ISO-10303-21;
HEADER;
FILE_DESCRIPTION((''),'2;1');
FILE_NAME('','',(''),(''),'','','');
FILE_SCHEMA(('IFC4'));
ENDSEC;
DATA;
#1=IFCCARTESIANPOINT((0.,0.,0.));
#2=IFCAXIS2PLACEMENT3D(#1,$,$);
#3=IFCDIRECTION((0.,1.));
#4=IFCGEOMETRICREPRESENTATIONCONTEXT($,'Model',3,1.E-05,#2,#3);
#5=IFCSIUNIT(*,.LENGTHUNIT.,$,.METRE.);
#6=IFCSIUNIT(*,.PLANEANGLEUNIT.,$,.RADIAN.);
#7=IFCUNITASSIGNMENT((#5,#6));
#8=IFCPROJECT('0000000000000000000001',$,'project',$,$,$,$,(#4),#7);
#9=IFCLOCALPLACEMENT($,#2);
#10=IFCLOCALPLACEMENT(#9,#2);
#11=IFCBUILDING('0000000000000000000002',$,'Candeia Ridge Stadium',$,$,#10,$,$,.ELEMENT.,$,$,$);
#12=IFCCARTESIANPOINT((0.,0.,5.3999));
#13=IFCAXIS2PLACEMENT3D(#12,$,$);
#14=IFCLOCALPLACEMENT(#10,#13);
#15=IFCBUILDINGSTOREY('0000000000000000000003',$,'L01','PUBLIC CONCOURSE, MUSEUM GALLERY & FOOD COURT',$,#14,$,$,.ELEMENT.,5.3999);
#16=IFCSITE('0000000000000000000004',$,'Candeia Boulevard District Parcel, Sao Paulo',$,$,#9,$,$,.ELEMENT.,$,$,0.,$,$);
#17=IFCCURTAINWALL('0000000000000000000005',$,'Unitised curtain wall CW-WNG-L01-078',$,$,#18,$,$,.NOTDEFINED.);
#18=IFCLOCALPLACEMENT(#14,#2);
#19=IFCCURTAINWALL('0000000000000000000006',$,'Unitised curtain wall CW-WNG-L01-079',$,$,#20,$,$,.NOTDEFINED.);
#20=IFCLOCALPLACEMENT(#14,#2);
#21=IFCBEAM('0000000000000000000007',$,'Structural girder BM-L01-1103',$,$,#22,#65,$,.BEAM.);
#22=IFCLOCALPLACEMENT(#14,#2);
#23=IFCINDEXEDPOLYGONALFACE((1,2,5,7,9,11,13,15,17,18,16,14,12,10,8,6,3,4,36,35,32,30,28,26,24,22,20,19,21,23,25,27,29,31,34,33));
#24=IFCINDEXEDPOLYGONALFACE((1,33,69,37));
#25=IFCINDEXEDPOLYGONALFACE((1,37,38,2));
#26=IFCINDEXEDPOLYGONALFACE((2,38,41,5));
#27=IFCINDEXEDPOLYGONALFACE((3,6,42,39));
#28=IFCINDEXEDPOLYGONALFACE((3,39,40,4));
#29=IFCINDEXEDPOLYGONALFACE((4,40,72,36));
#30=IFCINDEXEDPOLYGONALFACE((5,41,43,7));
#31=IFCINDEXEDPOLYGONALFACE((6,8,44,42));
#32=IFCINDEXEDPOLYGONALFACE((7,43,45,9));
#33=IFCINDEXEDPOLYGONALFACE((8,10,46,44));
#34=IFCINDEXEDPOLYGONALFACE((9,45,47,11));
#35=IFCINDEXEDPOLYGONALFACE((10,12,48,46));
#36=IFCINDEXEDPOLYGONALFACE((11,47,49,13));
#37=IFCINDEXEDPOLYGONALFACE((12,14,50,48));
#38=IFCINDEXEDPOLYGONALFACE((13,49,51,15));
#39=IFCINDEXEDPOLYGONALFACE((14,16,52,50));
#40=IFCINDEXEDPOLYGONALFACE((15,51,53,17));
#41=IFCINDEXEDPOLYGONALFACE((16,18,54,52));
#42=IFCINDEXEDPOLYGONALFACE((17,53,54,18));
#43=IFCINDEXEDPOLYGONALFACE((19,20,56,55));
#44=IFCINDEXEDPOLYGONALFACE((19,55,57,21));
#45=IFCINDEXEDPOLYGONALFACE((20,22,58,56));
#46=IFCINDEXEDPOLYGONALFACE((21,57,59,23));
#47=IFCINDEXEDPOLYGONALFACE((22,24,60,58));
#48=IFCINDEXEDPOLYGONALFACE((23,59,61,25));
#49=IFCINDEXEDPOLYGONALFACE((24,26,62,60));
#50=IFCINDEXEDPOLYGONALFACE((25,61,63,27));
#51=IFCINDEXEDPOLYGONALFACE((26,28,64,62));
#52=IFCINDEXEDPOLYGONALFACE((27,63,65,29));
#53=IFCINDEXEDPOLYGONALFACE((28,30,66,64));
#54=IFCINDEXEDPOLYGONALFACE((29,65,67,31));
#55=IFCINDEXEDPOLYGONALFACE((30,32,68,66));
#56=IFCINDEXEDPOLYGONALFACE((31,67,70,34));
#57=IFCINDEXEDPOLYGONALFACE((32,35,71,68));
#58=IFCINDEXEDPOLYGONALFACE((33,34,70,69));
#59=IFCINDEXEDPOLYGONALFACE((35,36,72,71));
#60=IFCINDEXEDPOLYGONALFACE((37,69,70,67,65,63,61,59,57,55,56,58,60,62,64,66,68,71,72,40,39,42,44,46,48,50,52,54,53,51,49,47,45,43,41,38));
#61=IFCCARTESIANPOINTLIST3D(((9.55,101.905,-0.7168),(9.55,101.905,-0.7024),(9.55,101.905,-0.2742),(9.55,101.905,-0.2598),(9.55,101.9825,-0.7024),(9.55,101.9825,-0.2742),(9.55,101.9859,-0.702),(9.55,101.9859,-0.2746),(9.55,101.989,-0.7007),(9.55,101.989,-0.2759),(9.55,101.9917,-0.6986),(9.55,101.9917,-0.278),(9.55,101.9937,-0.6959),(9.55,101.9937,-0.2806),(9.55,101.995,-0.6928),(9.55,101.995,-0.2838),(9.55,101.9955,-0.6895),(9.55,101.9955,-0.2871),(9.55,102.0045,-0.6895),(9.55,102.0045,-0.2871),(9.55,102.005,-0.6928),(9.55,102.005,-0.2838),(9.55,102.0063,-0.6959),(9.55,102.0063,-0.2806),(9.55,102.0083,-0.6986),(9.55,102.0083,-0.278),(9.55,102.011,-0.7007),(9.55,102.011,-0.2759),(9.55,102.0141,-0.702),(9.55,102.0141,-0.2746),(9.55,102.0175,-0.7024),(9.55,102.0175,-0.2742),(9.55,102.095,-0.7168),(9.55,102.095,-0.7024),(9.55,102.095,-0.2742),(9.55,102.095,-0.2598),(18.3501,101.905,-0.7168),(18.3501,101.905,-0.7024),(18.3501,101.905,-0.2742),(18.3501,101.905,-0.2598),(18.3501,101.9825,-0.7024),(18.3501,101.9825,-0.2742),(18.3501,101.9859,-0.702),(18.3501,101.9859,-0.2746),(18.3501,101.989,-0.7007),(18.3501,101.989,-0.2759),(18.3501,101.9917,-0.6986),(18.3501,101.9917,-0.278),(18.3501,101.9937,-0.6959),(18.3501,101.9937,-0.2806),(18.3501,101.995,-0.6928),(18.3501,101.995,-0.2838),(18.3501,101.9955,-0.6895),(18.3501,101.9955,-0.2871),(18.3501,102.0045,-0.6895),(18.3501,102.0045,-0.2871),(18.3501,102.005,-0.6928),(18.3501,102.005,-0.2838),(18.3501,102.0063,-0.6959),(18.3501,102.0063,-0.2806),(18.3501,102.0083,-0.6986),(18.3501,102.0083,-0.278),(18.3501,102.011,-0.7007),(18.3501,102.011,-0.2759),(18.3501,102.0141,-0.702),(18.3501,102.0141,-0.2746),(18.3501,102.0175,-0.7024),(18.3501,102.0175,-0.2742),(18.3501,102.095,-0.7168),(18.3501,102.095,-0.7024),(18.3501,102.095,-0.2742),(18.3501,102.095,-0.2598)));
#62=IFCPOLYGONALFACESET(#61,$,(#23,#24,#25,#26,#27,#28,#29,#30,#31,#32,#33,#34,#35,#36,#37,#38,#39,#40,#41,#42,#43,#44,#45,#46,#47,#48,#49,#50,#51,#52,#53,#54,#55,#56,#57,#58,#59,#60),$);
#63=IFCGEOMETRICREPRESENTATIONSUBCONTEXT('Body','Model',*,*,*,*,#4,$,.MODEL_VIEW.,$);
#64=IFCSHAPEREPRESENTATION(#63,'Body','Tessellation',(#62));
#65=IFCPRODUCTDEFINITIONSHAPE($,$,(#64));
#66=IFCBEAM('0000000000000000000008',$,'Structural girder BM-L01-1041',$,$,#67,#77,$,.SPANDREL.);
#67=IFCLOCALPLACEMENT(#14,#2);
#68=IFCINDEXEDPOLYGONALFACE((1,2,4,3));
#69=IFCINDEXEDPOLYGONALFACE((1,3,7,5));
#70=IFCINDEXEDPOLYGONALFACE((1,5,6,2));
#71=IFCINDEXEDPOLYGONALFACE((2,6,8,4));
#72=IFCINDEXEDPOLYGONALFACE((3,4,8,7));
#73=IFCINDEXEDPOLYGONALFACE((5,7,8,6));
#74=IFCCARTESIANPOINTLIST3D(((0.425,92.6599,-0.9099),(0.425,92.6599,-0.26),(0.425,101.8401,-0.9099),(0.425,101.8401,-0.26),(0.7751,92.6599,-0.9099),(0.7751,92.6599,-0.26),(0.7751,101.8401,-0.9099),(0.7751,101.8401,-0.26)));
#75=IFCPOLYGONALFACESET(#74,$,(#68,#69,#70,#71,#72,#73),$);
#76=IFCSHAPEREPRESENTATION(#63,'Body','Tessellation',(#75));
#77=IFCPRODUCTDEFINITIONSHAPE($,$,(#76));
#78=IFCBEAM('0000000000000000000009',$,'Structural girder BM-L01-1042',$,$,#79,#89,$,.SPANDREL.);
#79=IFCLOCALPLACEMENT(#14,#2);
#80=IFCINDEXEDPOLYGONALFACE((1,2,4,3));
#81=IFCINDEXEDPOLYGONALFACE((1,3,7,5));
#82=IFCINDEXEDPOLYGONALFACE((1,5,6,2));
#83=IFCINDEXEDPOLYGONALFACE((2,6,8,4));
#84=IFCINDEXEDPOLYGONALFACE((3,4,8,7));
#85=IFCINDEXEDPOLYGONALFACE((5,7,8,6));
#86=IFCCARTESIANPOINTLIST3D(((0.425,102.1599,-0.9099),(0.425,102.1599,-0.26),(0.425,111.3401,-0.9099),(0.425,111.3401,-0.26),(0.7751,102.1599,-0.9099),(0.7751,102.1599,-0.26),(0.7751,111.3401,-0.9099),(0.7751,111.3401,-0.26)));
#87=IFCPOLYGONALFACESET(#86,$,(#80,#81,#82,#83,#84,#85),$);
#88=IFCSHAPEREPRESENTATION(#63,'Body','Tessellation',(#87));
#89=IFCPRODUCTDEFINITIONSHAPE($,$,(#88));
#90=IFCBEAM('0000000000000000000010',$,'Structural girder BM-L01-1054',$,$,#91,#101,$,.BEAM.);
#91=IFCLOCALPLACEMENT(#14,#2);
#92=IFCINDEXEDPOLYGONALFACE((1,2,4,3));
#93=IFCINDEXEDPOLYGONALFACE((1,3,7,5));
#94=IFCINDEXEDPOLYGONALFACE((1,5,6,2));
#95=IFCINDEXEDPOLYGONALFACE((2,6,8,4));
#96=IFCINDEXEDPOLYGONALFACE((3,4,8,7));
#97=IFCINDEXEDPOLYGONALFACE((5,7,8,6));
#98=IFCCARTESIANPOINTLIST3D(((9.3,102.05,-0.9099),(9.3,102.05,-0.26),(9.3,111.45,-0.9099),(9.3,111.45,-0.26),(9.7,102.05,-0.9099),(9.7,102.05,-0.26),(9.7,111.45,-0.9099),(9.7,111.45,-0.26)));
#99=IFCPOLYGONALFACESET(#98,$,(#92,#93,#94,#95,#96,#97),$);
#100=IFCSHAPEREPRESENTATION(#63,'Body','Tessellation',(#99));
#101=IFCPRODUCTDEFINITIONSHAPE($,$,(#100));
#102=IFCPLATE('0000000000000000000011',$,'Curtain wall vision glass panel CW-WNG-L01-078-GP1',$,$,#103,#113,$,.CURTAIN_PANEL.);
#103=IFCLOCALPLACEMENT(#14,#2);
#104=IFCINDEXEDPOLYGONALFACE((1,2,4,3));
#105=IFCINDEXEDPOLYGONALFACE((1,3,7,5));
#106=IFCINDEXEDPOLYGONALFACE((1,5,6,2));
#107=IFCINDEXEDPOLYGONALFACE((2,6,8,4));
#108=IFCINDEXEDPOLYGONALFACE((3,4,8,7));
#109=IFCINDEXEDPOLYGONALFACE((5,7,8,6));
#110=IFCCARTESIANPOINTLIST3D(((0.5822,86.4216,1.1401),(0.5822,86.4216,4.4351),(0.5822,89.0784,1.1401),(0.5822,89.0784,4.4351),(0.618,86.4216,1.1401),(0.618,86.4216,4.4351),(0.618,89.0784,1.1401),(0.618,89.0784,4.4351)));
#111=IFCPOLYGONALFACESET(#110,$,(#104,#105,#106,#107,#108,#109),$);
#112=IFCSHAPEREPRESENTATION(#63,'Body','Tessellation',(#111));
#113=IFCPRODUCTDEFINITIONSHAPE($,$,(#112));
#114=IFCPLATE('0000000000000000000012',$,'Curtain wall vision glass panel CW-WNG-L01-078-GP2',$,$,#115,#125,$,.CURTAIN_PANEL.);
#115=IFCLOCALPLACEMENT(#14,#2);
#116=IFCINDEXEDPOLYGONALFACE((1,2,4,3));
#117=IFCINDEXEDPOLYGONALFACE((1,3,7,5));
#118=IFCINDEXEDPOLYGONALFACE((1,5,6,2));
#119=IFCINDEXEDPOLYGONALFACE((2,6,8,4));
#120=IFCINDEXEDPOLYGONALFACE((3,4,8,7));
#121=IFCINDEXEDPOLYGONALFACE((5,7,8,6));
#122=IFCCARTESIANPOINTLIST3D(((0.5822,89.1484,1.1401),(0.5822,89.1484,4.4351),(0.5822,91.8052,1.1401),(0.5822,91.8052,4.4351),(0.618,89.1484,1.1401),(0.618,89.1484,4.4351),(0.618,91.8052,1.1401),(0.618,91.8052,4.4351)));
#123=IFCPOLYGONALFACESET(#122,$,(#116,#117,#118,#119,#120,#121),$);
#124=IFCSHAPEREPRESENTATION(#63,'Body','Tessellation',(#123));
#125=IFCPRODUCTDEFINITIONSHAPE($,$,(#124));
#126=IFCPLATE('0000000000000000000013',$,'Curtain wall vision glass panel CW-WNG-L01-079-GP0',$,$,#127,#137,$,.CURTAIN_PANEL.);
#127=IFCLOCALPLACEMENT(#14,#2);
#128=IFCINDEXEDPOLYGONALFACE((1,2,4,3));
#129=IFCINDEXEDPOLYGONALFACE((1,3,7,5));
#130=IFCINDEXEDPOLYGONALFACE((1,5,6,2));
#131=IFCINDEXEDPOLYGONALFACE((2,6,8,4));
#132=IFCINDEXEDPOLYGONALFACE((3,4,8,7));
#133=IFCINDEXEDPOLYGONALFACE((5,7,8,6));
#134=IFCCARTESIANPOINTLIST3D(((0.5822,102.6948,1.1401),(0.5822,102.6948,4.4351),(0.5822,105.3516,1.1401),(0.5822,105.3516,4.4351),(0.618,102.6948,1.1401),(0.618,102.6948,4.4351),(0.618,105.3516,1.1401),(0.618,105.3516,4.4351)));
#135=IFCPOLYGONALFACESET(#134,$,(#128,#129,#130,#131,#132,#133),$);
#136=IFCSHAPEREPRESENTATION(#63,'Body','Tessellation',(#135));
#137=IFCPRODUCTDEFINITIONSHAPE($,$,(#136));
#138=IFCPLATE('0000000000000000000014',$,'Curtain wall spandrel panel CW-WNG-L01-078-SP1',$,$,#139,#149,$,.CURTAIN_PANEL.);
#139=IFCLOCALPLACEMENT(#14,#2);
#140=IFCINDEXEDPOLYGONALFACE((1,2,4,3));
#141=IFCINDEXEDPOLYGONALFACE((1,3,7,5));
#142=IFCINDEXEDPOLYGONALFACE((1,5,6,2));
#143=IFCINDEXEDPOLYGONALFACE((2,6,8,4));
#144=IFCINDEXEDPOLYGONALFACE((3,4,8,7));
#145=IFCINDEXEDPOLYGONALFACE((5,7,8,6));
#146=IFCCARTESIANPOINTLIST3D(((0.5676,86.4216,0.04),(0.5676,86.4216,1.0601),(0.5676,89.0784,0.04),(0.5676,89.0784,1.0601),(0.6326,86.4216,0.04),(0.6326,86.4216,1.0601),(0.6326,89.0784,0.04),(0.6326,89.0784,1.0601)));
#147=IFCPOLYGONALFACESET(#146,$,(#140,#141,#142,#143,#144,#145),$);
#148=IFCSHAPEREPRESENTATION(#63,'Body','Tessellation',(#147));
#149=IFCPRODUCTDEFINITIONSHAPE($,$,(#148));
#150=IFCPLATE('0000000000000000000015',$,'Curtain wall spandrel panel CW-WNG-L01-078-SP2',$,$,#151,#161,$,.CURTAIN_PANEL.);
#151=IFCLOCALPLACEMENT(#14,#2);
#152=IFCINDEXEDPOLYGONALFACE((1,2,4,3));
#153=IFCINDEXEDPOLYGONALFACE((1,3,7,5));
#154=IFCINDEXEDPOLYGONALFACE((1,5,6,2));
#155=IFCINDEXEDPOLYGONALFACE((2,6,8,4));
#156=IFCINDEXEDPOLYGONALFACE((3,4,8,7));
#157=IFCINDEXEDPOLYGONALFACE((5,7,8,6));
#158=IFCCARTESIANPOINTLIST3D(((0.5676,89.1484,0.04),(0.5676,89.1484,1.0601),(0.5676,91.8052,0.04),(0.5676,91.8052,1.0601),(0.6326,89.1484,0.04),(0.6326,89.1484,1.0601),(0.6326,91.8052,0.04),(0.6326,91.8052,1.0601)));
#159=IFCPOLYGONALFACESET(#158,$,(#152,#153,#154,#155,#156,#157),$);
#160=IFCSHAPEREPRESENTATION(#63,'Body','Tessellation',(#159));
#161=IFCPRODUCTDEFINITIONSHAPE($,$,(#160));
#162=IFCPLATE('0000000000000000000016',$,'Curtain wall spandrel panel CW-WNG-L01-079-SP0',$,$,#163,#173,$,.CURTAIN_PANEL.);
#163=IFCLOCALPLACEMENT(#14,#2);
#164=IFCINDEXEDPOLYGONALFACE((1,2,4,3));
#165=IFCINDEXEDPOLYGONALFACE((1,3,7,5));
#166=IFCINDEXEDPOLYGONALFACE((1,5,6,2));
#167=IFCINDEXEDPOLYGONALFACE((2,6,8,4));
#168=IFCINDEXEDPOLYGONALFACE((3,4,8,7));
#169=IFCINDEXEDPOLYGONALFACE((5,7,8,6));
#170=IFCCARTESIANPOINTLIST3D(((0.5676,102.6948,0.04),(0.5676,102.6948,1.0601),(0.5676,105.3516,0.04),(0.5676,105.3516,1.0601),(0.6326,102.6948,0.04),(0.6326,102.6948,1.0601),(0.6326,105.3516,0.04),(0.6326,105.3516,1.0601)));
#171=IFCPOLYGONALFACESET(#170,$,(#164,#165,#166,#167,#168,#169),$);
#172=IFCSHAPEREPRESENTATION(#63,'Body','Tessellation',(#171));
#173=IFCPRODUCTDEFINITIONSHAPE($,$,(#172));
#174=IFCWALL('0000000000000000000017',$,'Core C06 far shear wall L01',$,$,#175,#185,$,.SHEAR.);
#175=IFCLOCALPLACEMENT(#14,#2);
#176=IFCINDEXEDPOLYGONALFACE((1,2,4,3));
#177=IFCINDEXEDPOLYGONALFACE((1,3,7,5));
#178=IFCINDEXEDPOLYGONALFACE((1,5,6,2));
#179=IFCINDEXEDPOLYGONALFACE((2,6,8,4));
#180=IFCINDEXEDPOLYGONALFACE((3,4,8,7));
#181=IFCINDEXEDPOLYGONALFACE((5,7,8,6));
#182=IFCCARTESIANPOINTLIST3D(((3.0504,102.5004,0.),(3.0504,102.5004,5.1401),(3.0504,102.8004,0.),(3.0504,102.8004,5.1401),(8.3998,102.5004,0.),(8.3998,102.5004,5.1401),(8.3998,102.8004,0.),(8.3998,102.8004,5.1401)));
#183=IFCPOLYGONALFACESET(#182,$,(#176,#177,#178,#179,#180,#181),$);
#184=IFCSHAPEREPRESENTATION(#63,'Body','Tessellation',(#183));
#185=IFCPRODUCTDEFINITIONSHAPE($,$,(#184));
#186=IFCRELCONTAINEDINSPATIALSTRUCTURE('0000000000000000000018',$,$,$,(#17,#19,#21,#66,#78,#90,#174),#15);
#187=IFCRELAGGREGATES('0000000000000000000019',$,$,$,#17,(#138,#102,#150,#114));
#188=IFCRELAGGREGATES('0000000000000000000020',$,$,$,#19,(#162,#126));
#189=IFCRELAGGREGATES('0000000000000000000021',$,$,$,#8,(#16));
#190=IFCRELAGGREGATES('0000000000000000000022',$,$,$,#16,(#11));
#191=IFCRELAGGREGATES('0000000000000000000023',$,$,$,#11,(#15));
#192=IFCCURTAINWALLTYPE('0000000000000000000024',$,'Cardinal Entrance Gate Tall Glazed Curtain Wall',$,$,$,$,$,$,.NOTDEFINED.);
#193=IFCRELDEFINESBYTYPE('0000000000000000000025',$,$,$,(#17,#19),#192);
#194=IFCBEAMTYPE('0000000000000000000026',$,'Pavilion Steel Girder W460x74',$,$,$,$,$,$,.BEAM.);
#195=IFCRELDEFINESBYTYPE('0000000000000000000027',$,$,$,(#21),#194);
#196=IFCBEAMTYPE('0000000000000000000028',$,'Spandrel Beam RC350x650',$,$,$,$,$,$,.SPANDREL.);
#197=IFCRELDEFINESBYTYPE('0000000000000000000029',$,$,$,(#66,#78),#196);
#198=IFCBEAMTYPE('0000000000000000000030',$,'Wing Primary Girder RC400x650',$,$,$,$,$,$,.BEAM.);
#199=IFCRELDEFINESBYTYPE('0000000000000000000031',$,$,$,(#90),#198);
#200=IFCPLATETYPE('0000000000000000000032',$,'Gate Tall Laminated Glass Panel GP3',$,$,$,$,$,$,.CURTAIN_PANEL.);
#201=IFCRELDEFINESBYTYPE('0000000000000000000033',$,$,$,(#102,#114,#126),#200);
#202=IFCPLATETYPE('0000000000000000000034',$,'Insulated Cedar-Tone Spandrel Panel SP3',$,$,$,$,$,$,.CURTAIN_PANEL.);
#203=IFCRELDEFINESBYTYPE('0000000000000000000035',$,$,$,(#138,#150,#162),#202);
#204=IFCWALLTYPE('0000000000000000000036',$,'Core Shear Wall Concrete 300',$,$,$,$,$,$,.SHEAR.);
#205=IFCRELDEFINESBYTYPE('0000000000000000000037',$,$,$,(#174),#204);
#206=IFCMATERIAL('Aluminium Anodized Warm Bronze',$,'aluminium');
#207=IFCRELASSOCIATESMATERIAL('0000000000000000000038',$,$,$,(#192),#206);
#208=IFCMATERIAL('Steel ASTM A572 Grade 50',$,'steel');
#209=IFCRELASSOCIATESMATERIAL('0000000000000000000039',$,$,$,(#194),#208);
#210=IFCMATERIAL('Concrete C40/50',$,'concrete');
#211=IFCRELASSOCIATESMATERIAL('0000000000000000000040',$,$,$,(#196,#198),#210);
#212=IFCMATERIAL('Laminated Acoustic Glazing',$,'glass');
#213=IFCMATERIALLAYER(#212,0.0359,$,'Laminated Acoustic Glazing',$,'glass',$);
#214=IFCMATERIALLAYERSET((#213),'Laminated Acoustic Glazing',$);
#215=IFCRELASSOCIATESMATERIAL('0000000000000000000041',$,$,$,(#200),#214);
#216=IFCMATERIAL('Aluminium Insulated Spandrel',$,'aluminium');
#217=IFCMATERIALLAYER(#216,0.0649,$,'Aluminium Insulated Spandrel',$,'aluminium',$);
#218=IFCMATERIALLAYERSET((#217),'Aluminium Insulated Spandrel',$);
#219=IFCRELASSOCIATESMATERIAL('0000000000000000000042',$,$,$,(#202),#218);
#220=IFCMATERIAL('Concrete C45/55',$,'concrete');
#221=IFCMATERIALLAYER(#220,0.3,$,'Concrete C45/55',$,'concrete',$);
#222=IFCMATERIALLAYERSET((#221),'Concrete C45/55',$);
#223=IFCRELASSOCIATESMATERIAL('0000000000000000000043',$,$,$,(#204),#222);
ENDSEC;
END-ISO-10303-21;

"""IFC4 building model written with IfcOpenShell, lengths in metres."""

from ifc_helpers import new_model, si_unit, direction, frame, frame_2d, origin, origin_2d, place, context, subcontext, project, spatial, rectangle, i_section, extrude, material, layer, layer_set, material_profile, profile_set, type_object, element, aggregate, save


model = new_model("IFC4")

# Units and contexts
model_context = context("Model", 3, precision=1e-05, world=origin(), true_north=direction((0.0, 1.0)))
body_context = subcontext(model_context, "Body", "Model", "MODEL_VIEW")
ifc_project = project(units=[si_unit("LENGTHUNIT", "METRE"), si_unit("PLANEANGLEUNIT", "RADIAN")], contexts=[model_context])

# Site, building, storey
site_placement = place(None, origin())
site = spatial("IfcSite", under=ifc_project, at=site_placement, Name="Candeia Boulevard District Parcel, Sao Paulo", CompositionType="ELEMENT", RefElevation=0.0)
building_placement = place(site_placement, origin())
building = spatial("IfcBuilding", under=site, at=building_placement, Name="Candeia Ridge Stadium", CompositionType="ELEMENT")
storey_placement = place(building_placement, frame((0.0, 0.0, 5.3999)))
storey = spatial("IfcBuildingStorey", under=building, at=storey_placement, Name="L01", Description="PUBLIC CONCOURSE, MUSEUM GALLERY & FOOD COURT", CompositionType="ELEMENT", Elevation=5.3999)

# Shared definitions
ifc_material_1 = material(Name="Concrete C40/50", Category="concrete")
ifc_material_2 = material(Name="Concrete C45/55", Category="concrete")

# Curtain walls
ifc_material_3 = material(Name="Aluminium Anodized Warm Bronze", Category="aluminium")
curtain_wall_type = type_object("IfcCurtainWallType", Name="Cardinal Entrance Gate Tall Glazed Curtain Wall", PredefinedType="NOTDEFINED", material=ifc_material_3)
curtain_wall_1_placement = place(storey_placement, origin())
curtain_wall_1 = element("IfcCurtainWall", 1, at=curtain_wall_1_placement, inside=storey, type_object=curtain_wall_type, Name="Unitised curtain wall CW-WNG-L01-078", PredefinedType="NOTDEFINED")
curtain_wall_2_placement = place(storey_placement, origin())
curtain_wall_2 = element("IfcCurtainWall", 2, at=curtain_wall_2_placement, inside=storey, type_object=curtain_wall_type, Name="Unitised curtain wall CW-WNG-L01-079", PredefinedType="NOTDEFINED")

# Beams
ifc_material_4 = material(Name="Steel ASTM A572 Grade 50", Category="steel")
ifc_material_profile_1 = material_profile(ifc_material_4, i_section(OverallWidth=0.1899, OverallDepth=0.457, WebThickness=0.009, FlangeThickness=0.0144, FilletRadius=0.0129, at=origin_2d()), Name="W460x74", Category="steel")
ifc_profile_set_1 = profile_set([ifc_material_profile_1], Name="Steel ASTM A572 Grade 50")
beam_type_1 = type_object("IfcBeamType", Name="Pavilion Steel Girder W460x74", PredefinedType="BEAM", material=ifc_profile_set_1)
for number, where, z_axis, x_axis, name in (
    (3, (9.55, 102.0, -0.4883), (1.0, 0.0, 0.0), (0.0, 1.0, 0.0), "Structural girder BM-L01-1103"),
):
    element("IfcBeam", number, at=place(storey_placement, frame(where, z_axis=z_axis, x_axis=x_axis)), inside=storey, type_object=beam_type_1, Name=name, PredefinedType="BEAM", context=body_context, shape_type="SweptSolid", body=[
        extrude(i_section(OverallWidth=0.1899, OverallDepth=0.457, WebThickness=0.009, FlangeThickness=0.0144, FilletRadius=0.0129, at=origin_2d()), origin(), (0.0, 0.0, 1.0), 8.8),
    ])
ifc_material_profile_2 = material_profile(ifc_material_1, rectangle(XDim=0.3501, YDim=0.6499, at=origin_2d()), Name="RC350x650", Category="concrete")
ifc_profile_set_2 = profile_set([ifc_material_profile_2], Name="Concrete C40/50")
beam_type_2 = type_object("IfcBeamType", Name="Spandrel Beam RC350x650", PredefinedType="SPANDREL", material=ifc_profile_set_2)
for number, where, z_axis, x_axis, name in (
    (4, (0.6001, 92.6599, -0.585), (0.0, 1.0, 0.0), (-1.0, 0.0, 0.0), "Structural girder BM-L01-1041"),
    (5, (0.6001, 102.1599, -0.585), (0.0, 1.0, 0.0), (-1.0, 0.0, 0.0), "Structural girder BM-L01-1042"),
):
    element("IfcBeam", number, at=place(storey_placement, frame(where, z_axis=z_axis, x_axis=x_axis)), inside=storey, type_object=beam_type_2, Name=name, PredefinedType="SPANDREL", context=body_context, shape_type="SweptSolid", body=[
        extrude(rectangle(XDim=0.3501, YDim=0.6499, at=origin_2d()), origin(), (0.0, 0.0, 1.0), 9.1802),
    ])
ifc_material_profile_3 = material_profile(ifc_material_1, rectangle(XDim=0.3999, YDim=0.6499, at=origin_2d()), Name="RC400x650", Category="concrete")
ifc_profile_set_3 = profile_set([ifc_material_profile_3], Name="Concrete C40/50")
beam_type_3 = type_object("IfcBeamType", Name="Wing Primary Girder RC400x650", PredefinedType="BEAM", material=ifc_profile_set_3)
beam_placement = place(storey_placement, frame((9.5, 102.05, -0.585), z_axis=(0.0, 1.0, 0.0), x_axis=(-1.0, 0.0, 0.0)))
element("IfcBeam", 6, at=beam_placement, inside=storey, type_object=beam_type_3, Name="Structural girder BM-L01-1054", PredefinedType="BEAM", context=body_context, shape_type="SweptSolid", body=[
    extrude(rectangle(XDim=0.3999, YDim=0.6499, at=origin_2d()), origin(), (0.0, 0.0, 1.0), 9.3999),
])

# Plates
ifc_material_5 = material(Name="Laminated Acoustic Glazing", Category="glass")
ifc_layer_1 = layer(ifc_material_5, 0.0359, Name="Laminated Acoustic Glazing", Category="glass")
ifc_layer_set_1 = layer_set([ifc_layer_1], Name="Laminated Acoustic Glazing")
plate_type_1 = type_object("IfcPlateType", Name="Gate Tall Laminated Glass Panel GP3", PredefinedType="CURTAIN_PANEL", material=ifc_layer_set_1)
plate_1_placement = place(storey_placement, frame((0.6001, 87.75, 1.1401), z_axis=(0.0, 0.0, 1.0), x_axis=(0.0, 1.0, 0.0)))
plate_1 = element("IfcPlate", 7, at=plate_1_placement, type_object=plate_type_1, Name="Curtain wall vision glass panel CW-WNG-L01-078-GP1", PredefinedType="CURTAIN_PANEL", context=body_context, shape_type="SweptSolid", body=[
    extrude(rectangle(XDim=2.6567, YDim=0.0359, at=origin_2d()), origin(), (0.0, 0.0, 1.0), 3.2949),
])
plate_2_placement = place(storey_placement, frame((0.6001, 90.4768, 1.1401), z_axis=(0.0, 0.0, 1.0), x_axis=(0.0, 1.0, 0.0)))
plate_2 = element("IfcPlate", 8, at=plate_2_placement, type_object=plate_type_1, Name="Curtain wall vision glass panel CW-WNG-L01-078-GP2", PredefinedType="CURTAIN_PANEL", context=body_context, shape_type="SweptSolid", body=[
    extrude(rectangle(XDim=2.6567, YDim=0.0359, at=origin_2d()), origin(), (0.0, 0.0, 1.0), 3.2949),
])
plate_3_placement = place(storey_placement, frame((0.6001, 104.0232, 1.1401), z_axis=(0.0, 0.0, 1.0), x_axis=(0.0, 1.0, 0.0)))
plate_3 = element("IfcPlate", 9, at=plate_3_placement, type_object=plate_type_1, Name="Curtain wall vision glass panel CW-WNG-L01-079-GP0", PredefinedType="CURTAIN_PANEL", context=body_context, shape_type="SweptSolid", body=[
    extrude(rectangle(XDim=2.6567, YDim=0.0359, at=origin_2d()), origin(), (0.0, 0.0, 1.0), 3.2949),
])
ifc_material_6 = material(Name="Aluminium Insulated Spandrel", Category="aluminium")
ifc_layer_2 = layer(ifc_material_6, 0.0649, Name="Aluminium Insulated Spandrel", Category="aluminium")
ifc_layer_set_2 = layer_set([ifc_layer_2], Name="Aluminium Insulated Spandrel")
plate_type_2 = type_object("IfcPlateType", Name="Insulated Cedar-Tone Spandrel Panel SP3", PredefinedType="CURTAIN_PANEL", material=ifc_layer_set_2)
plate_4_placement = place(storey_placement, frame((0.6001, 87.75, 0.04), z_axis=(0.0, 0.0, 1.0), x_axis=(0.0, 1.0, 0.0)))
plate_4 = element("IfcPlate", 10, at=plate_4_placement, type_object=plate_type_2, Name="Curtain wall spandrel panel CW-WNG-L01-078-SP1", PredefinedType="CURTAIN_PANEL", context=body_context, shape_type="SweptSolid", body=[
    extrude(rectangle(XDim=2.6567, YDim=0.0649, at=origin_2d()), origin(), (0.0, 0.0, 1.0), 1.02),
])
plate_5_placement = place(storey_placement, frame((0.6001, 90.4768, 0.04), z_axis=(0.0, 0.0, 1.0), x_axis=(0.0, 1.0, 0.0)))
plate_5 = element("IfcPlate", 11, at=plate_5_placement, type_object=plate_type_2, Name="Curtain wall spandrel panel CW-WNG-L01-078-SP2", PredefinedType="CURTAIN_PANEL", context=body_context, shape_type="SweptSolid", body=[
    extrude(rectangle(XDim=2.6567, YDim=0.0649, at=origin_2d()), origin(), (0.0, 0.0, 1.0), 1.02),
])
aggregate(curtain_wall_1, [plate_4, plate_1, plate_5, plate_2])
plate_6_placement = place(storey_placement, frame((0.6001, 104.0232, 0.04), z_axis=(0.0, 0.0, 1.0), x_axis=(0.0, 1.0, 0.0)))
plate_6 = element("IfcPlate", 12, at=plate_6_placement, type_object=plate_type_2, Name="Curtain wall spandrel panel CW-WNG-L01-079-SP0", PredefinedType="CURTAIN_PANEL", context=body_context, shape_type="SweptSolid", body=[
    extrude(rectangle(XDim=2.6567, YDim=0.0649, at=origin_2d()), origin(), (0.0, 0.0, 1.0), 1.02),
])
aggregate(curtain_wall_2, [plate_6, plate_3])

# Wall
ifc_layer_3 = layer(ifc_material_2, 0.3, Name="Concrete C45/55", Category="concrete")
ifc_layer_set_3 = layer_set([ifc_layer_3], Name="Concrete C45/55")
wall_type_1 = type_object("IfcWallType", Name="Core Shear Wall Concrete 300", PredefinedType="SHEAR", material=ifc_layer_set_3)
wall_1_placement = place(storey_placement, frame((3.0503, 102.6504, 0.0), z_axis=(0.0, 0.0, 1.0), x_axis=(1.0, 0.0, 0.0)))
element("IfcWall", 13, at=wall_1_placement, inside=storey, type_object=wall_type_1, Name="Core C06 far shear wall L01", PredefinedType="SHEAR", context=body_context, shape_type="SweptSolid", body=[
    extrude(rectangle(XDim=5.3494, YDim=0.3, at=frame_2d((2.6748, 0.0))), origin(), (0.0, 0.0, 1.0), 5.1401),
])

save(model, "model.ifc")
